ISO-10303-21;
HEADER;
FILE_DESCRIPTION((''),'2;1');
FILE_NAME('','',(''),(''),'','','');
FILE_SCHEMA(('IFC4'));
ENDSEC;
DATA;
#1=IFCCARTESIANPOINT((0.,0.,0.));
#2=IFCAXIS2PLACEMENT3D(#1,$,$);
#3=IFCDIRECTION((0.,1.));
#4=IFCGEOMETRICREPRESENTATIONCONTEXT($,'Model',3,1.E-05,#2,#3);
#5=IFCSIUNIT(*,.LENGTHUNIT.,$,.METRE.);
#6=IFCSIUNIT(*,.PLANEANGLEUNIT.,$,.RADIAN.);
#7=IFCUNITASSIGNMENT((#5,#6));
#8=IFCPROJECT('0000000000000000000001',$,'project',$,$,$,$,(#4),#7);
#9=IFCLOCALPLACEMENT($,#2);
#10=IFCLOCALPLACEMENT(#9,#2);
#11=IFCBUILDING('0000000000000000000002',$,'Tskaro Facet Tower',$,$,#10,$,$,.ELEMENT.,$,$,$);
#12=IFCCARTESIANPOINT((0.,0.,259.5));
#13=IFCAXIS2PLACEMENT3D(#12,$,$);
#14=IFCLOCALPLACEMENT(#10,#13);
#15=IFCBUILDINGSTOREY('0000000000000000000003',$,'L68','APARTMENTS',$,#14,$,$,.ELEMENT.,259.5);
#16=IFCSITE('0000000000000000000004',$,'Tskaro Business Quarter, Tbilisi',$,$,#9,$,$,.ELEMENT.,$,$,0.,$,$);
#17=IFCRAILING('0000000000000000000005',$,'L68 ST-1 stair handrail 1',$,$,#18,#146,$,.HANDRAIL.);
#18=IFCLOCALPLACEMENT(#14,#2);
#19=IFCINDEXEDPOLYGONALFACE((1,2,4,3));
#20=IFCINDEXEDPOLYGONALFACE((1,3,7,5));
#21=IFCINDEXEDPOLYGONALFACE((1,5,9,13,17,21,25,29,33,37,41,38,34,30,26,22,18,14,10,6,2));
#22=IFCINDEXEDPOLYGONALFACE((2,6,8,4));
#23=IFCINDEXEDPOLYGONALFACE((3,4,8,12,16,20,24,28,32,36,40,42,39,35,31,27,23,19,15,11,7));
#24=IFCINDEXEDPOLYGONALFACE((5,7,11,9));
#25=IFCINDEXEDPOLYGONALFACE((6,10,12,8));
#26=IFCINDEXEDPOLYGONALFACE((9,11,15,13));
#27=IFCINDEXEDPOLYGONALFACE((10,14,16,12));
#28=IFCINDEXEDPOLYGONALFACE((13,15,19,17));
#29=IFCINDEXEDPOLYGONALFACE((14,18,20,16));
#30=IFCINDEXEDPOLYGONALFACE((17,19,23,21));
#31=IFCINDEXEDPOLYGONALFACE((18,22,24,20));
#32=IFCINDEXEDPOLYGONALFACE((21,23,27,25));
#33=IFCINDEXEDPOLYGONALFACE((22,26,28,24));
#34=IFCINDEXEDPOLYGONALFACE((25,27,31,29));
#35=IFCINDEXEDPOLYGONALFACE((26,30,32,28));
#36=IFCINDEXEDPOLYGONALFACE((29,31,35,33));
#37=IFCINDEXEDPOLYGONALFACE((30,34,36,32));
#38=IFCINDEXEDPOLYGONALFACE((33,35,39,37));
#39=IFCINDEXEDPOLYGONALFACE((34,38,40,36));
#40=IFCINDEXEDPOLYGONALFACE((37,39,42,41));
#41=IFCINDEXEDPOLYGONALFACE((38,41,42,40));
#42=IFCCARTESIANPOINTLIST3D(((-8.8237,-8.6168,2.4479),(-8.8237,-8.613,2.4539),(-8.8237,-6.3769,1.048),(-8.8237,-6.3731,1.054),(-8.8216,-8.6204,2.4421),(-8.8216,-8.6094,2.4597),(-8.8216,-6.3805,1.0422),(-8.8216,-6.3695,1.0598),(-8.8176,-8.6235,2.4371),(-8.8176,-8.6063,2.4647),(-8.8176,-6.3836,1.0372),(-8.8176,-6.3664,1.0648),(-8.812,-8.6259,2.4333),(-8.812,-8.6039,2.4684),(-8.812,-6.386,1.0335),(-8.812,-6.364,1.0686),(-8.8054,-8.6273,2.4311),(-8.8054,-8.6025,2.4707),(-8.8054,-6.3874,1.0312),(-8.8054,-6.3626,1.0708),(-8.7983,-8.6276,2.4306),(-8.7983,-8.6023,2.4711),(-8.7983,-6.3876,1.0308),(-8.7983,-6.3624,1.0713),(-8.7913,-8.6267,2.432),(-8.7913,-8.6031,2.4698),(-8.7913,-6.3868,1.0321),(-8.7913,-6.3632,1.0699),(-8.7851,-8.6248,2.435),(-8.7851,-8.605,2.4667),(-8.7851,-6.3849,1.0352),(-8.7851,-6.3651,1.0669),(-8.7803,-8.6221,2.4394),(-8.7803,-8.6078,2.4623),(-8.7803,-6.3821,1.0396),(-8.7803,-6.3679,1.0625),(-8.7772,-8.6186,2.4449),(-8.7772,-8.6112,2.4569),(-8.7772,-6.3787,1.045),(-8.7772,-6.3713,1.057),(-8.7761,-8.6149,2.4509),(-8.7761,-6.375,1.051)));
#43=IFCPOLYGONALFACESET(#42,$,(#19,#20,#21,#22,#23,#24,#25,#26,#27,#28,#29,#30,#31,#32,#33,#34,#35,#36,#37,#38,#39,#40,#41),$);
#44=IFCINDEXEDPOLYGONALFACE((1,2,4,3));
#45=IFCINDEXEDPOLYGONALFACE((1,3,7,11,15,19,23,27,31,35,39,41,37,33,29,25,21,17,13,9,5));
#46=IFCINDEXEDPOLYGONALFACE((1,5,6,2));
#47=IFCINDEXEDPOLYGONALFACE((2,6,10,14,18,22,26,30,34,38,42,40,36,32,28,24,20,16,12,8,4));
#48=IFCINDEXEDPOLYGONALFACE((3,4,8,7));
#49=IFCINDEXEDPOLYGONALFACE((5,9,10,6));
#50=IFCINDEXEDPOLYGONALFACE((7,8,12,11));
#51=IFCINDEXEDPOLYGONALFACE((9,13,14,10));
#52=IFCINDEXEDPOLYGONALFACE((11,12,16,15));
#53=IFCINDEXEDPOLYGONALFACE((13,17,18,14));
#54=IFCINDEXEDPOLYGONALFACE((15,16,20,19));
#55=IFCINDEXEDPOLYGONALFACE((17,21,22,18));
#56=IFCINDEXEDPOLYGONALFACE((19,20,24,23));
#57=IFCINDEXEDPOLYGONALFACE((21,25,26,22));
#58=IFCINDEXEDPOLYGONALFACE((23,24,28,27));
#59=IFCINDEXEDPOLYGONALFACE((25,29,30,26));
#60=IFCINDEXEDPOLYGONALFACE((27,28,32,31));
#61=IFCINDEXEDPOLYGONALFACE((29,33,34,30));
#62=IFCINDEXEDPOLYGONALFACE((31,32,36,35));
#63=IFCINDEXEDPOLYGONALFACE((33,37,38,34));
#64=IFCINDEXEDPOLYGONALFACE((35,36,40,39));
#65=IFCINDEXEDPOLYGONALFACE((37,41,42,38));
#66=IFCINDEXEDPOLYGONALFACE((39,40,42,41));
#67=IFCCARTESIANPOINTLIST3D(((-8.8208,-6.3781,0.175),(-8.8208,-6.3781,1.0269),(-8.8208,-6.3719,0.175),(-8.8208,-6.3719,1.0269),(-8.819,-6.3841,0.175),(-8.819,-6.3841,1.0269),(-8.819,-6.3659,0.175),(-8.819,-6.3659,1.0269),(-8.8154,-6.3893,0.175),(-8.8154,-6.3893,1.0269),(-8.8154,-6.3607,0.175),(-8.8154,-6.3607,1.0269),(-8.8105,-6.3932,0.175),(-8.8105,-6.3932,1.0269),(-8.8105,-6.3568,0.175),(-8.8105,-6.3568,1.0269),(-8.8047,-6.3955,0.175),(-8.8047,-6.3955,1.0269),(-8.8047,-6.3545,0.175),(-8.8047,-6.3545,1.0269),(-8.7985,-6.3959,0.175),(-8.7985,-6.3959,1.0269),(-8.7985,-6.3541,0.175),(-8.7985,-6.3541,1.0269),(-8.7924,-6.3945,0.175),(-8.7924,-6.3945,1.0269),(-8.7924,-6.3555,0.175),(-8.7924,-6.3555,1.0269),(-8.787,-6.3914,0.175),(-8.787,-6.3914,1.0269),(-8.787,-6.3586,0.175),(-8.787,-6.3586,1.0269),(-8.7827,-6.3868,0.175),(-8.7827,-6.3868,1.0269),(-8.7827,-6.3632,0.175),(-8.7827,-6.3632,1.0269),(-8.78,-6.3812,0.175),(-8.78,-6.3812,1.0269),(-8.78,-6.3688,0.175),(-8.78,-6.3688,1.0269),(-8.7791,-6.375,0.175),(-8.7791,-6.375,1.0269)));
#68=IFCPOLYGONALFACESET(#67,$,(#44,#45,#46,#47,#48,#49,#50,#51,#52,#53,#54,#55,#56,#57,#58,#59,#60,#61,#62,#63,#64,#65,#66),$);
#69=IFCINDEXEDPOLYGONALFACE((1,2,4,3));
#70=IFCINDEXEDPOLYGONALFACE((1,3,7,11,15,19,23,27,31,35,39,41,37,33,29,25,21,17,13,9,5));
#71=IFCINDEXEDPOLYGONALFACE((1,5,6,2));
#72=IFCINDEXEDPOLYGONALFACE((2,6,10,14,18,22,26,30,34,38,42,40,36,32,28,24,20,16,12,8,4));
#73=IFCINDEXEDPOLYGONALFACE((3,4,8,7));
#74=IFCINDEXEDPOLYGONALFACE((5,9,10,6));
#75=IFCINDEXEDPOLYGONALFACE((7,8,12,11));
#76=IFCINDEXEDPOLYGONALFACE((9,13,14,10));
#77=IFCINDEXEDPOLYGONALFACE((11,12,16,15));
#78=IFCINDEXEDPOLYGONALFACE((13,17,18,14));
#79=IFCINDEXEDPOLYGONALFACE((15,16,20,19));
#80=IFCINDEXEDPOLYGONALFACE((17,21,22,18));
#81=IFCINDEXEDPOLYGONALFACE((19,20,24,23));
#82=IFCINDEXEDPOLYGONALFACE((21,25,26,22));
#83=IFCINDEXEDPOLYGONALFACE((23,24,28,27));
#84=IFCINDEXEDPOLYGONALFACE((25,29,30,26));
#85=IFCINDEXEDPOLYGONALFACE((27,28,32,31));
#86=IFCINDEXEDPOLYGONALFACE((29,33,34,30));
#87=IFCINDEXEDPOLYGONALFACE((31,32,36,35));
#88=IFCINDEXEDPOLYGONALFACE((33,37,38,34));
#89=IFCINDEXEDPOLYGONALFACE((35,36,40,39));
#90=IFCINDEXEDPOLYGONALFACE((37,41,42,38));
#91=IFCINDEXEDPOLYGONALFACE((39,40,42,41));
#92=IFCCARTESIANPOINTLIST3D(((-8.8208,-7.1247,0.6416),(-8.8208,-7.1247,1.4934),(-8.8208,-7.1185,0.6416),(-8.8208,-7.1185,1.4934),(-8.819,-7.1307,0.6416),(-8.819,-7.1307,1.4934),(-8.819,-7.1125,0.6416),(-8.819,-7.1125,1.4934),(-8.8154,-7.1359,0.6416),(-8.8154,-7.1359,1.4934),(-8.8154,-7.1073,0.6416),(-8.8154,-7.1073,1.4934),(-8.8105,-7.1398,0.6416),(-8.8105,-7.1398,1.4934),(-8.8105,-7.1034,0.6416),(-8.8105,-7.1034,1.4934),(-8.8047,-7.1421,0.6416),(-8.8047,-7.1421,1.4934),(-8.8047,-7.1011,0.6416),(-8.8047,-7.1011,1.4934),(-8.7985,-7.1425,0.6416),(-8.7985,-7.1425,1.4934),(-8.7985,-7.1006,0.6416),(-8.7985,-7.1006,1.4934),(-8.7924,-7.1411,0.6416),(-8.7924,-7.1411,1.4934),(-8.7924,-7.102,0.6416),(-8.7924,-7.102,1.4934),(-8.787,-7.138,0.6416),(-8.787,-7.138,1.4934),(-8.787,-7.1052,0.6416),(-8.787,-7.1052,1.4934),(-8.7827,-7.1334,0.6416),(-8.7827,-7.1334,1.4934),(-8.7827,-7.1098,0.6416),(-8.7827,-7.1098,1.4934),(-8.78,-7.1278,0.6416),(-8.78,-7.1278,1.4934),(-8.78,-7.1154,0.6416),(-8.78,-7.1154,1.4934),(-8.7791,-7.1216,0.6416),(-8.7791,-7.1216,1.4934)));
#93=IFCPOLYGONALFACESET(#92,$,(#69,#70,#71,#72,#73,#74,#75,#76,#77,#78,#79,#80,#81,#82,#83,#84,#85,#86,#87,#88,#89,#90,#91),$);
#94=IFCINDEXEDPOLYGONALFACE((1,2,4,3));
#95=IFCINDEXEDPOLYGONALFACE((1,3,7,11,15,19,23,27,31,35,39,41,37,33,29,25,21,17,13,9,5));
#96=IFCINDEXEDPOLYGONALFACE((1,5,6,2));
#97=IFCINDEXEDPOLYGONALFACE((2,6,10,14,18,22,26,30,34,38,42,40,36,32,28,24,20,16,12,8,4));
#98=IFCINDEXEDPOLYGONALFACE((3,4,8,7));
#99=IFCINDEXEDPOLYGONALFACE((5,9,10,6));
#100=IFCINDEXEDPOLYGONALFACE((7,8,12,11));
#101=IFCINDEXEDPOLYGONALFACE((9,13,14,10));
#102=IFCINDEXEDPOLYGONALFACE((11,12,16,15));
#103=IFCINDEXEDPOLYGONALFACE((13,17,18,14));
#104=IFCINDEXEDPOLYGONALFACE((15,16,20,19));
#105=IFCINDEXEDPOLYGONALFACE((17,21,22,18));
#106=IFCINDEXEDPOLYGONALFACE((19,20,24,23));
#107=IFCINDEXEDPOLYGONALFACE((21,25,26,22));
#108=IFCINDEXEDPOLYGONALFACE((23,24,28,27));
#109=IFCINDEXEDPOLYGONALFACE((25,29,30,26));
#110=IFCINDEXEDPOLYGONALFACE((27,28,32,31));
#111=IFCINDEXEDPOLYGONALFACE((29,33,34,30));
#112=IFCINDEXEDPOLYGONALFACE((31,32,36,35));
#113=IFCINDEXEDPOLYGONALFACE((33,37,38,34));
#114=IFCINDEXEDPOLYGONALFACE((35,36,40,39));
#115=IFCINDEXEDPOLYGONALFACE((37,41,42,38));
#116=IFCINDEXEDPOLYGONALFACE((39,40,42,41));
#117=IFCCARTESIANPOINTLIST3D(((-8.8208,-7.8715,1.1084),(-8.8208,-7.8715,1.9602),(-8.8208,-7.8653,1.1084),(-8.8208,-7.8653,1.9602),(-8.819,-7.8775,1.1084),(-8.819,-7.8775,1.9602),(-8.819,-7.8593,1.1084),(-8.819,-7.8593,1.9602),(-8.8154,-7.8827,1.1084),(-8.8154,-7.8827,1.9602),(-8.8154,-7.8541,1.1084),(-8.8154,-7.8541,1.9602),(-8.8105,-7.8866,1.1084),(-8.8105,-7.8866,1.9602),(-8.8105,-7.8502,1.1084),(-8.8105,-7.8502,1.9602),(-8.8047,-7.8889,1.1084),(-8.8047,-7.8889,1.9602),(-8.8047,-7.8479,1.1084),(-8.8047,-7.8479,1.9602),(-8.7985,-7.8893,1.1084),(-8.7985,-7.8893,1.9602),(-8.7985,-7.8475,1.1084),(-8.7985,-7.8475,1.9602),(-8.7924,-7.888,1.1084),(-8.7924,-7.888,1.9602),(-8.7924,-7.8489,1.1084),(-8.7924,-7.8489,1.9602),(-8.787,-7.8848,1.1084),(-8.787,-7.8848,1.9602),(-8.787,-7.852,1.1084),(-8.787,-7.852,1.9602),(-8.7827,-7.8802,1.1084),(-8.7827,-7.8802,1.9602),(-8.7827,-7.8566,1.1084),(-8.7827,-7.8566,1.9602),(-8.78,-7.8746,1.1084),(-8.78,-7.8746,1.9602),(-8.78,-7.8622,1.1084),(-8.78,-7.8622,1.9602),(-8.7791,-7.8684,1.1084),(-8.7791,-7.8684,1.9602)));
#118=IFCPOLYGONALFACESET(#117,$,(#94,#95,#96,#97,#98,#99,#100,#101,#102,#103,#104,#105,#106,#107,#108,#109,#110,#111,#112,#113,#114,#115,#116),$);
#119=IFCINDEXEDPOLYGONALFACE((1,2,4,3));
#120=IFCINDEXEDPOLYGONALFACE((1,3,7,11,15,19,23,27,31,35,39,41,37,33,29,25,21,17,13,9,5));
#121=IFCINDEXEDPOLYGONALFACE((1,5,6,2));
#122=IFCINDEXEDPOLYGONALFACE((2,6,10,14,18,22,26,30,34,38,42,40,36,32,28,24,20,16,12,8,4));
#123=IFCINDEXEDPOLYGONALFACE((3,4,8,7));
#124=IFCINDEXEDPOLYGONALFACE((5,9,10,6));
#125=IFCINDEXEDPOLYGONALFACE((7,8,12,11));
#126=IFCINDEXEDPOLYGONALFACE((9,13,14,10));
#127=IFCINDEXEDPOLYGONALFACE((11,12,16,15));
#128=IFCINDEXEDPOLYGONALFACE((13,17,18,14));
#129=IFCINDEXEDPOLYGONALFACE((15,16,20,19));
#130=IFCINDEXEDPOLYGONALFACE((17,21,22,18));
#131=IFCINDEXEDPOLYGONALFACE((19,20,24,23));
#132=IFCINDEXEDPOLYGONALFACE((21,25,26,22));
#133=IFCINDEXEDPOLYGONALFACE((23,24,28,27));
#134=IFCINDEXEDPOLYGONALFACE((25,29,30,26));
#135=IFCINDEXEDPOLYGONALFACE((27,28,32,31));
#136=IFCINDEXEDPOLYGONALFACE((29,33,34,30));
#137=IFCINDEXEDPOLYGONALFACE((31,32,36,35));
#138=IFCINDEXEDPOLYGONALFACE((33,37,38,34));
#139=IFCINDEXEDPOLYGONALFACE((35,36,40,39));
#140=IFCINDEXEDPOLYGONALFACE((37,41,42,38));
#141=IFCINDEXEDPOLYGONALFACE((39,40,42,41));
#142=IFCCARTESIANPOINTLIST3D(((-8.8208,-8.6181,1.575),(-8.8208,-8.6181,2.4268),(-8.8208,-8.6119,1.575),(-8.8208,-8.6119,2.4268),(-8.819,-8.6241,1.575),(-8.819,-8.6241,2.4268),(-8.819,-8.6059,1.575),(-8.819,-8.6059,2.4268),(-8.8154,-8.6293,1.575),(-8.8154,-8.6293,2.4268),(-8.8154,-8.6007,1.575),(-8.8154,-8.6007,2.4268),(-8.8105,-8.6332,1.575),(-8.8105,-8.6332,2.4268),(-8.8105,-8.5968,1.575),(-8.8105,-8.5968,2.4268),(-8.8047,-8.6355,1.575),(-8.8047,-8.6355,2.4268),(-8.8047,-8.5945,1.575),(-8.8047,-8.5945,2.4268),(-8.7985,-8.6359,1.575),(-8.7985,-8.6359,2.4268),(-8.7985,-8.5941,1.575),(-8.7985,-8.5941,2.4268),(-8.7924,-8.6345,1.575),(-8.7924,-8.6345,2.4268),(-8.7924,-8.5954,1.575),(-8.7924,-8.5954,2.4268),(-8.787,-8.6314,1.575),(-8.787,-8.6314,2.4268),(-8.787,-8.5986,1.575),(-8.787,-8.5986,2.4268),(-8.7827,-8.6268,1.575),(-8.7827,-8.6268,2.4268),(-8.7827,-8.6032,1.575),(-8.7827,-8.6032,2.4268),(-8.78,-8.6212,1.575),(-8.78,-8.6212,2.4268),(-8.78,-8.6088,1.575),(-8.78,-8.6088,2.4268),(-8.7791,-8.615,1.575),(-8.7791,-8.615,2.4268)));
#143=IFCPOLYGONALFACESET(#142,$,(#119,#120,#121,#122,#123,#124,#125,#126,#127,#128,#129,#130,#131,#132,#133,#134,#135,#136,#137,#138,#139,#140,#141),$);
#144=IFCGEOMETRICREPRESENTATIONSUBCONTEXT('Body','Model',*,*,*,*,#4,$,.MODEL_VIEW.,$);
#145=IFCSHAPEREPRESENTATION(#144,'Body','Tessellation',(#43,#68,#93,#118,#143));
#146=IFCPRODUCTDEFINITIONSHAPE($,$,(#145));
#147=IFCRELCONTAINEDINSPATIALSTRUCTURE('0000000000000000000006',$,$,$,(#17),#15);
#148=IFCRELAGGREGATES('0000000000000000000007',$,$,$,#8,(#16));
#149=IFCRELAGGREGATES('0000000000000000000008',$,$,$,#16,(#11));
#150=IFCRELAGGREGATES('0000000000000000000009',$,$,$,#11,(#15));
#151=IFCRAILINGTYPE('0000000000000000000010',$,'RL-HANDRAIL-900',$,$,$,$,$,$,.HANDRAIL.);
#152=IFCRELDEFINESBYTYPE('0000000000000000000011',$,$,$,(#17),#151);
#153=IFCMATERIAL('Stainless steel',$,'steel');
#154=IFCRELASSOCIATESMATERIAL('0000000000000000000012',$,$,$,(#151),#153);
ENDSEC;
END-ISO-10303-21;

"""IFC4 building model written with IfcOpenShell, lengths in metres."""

from ifc_helpers import new_model, si_unit, direction, frame, origin, origin_2d, place, context, subcontext, project, spatial, circle, extrude, material, type_object, element, save


model = new_model("IFC4")

# Units and contexts
model_context = context("Model", 3, precision=1e-05, world=origin(), true_north=direction((0.0, 1.0)))
body_context = subcontext(model_context, "Body", "Model", "MODEL_VIEW")
ifc_project = project(units=[si_unit("LENGTHUNIT", "METRE"), si_unit("PLANEANGLEUNIT", "RADIAN")], contexts=[model_context])

# Site, building, storey
site_placement = place(None, origin())
site = spatial("IfcSite", under=ifc_project, at=site_placement, Name="Tskaro Business Quarter, Tbilisi", CompositionType="ELEMENT", RefElevation=0.0)
building_placement = place(site_placement, origin())
building = spatial("IfcBuilding", under=site, at=building_placement, Name="Tskaro Facet Tower", CompositionType="ELEMENT")
storey_placement = place(building_placement, frame((0.0, 0.0, 259.5)))
storey = spatial("IfcBuildingStorey", under=building, at=storey_placement, Name="L68", Description="APARTMENTS", CompositionType="ELEMENT", Elevation=259.5)

# Shared definitions
ifc_material_1 = material(Name="Stainless steel", Category="steel")

# Railing
railing_type_1 = type_object("IfcRailingType", Name="RL-HANDRAIL-900", PredefinedType="HANDRAIL", material=ifc_material_1)
railing_1_placement = place(storey_placement, frame((-8.8, -6.375, 0.175)))
element("IfcRailing", 1, at=railing_1_placement, inside=storey, type_object=railing_type_1, Name="L68 ST-1 stair handrail 1", PredefinedType="HANDRAIL", context=body_context, shape_type="SweptSolid", body=[
    extrude(circle(Radius=0.0239, at=origin_2d()), frame((0.0, 0.0, 0.876), z_axis=(0.0, -0.848014, 0.529974), x_axis=(1.0, 0.0, 0.0)), (0.0, 0.0, 1.0), 2.6414),
    extrude(circle(Radius=0.021, at=origin_2d()), origin(), (0.0, 0.0, 1.0), 0.8518),
    extrude(circle(Radius=0.021, at=origin_2d()), frame((0.0, -0.7466, 0.4666)), (0.0, 0.0, 1.0), 0.8518),
    extrude(circle(Radius=0.021, at=origin_2d()), frame((0.0, -1.4934, 0.9333)), (0.0, 0.0, 1.0), 0.8518),
    extrude(circle(Radius=0.021, at=origin_2d()), frame((0.0, -2.24, 1.3999)), (0.0, 0.0, 1.0), 0.8518),
])

save(model, "model.ifc")
